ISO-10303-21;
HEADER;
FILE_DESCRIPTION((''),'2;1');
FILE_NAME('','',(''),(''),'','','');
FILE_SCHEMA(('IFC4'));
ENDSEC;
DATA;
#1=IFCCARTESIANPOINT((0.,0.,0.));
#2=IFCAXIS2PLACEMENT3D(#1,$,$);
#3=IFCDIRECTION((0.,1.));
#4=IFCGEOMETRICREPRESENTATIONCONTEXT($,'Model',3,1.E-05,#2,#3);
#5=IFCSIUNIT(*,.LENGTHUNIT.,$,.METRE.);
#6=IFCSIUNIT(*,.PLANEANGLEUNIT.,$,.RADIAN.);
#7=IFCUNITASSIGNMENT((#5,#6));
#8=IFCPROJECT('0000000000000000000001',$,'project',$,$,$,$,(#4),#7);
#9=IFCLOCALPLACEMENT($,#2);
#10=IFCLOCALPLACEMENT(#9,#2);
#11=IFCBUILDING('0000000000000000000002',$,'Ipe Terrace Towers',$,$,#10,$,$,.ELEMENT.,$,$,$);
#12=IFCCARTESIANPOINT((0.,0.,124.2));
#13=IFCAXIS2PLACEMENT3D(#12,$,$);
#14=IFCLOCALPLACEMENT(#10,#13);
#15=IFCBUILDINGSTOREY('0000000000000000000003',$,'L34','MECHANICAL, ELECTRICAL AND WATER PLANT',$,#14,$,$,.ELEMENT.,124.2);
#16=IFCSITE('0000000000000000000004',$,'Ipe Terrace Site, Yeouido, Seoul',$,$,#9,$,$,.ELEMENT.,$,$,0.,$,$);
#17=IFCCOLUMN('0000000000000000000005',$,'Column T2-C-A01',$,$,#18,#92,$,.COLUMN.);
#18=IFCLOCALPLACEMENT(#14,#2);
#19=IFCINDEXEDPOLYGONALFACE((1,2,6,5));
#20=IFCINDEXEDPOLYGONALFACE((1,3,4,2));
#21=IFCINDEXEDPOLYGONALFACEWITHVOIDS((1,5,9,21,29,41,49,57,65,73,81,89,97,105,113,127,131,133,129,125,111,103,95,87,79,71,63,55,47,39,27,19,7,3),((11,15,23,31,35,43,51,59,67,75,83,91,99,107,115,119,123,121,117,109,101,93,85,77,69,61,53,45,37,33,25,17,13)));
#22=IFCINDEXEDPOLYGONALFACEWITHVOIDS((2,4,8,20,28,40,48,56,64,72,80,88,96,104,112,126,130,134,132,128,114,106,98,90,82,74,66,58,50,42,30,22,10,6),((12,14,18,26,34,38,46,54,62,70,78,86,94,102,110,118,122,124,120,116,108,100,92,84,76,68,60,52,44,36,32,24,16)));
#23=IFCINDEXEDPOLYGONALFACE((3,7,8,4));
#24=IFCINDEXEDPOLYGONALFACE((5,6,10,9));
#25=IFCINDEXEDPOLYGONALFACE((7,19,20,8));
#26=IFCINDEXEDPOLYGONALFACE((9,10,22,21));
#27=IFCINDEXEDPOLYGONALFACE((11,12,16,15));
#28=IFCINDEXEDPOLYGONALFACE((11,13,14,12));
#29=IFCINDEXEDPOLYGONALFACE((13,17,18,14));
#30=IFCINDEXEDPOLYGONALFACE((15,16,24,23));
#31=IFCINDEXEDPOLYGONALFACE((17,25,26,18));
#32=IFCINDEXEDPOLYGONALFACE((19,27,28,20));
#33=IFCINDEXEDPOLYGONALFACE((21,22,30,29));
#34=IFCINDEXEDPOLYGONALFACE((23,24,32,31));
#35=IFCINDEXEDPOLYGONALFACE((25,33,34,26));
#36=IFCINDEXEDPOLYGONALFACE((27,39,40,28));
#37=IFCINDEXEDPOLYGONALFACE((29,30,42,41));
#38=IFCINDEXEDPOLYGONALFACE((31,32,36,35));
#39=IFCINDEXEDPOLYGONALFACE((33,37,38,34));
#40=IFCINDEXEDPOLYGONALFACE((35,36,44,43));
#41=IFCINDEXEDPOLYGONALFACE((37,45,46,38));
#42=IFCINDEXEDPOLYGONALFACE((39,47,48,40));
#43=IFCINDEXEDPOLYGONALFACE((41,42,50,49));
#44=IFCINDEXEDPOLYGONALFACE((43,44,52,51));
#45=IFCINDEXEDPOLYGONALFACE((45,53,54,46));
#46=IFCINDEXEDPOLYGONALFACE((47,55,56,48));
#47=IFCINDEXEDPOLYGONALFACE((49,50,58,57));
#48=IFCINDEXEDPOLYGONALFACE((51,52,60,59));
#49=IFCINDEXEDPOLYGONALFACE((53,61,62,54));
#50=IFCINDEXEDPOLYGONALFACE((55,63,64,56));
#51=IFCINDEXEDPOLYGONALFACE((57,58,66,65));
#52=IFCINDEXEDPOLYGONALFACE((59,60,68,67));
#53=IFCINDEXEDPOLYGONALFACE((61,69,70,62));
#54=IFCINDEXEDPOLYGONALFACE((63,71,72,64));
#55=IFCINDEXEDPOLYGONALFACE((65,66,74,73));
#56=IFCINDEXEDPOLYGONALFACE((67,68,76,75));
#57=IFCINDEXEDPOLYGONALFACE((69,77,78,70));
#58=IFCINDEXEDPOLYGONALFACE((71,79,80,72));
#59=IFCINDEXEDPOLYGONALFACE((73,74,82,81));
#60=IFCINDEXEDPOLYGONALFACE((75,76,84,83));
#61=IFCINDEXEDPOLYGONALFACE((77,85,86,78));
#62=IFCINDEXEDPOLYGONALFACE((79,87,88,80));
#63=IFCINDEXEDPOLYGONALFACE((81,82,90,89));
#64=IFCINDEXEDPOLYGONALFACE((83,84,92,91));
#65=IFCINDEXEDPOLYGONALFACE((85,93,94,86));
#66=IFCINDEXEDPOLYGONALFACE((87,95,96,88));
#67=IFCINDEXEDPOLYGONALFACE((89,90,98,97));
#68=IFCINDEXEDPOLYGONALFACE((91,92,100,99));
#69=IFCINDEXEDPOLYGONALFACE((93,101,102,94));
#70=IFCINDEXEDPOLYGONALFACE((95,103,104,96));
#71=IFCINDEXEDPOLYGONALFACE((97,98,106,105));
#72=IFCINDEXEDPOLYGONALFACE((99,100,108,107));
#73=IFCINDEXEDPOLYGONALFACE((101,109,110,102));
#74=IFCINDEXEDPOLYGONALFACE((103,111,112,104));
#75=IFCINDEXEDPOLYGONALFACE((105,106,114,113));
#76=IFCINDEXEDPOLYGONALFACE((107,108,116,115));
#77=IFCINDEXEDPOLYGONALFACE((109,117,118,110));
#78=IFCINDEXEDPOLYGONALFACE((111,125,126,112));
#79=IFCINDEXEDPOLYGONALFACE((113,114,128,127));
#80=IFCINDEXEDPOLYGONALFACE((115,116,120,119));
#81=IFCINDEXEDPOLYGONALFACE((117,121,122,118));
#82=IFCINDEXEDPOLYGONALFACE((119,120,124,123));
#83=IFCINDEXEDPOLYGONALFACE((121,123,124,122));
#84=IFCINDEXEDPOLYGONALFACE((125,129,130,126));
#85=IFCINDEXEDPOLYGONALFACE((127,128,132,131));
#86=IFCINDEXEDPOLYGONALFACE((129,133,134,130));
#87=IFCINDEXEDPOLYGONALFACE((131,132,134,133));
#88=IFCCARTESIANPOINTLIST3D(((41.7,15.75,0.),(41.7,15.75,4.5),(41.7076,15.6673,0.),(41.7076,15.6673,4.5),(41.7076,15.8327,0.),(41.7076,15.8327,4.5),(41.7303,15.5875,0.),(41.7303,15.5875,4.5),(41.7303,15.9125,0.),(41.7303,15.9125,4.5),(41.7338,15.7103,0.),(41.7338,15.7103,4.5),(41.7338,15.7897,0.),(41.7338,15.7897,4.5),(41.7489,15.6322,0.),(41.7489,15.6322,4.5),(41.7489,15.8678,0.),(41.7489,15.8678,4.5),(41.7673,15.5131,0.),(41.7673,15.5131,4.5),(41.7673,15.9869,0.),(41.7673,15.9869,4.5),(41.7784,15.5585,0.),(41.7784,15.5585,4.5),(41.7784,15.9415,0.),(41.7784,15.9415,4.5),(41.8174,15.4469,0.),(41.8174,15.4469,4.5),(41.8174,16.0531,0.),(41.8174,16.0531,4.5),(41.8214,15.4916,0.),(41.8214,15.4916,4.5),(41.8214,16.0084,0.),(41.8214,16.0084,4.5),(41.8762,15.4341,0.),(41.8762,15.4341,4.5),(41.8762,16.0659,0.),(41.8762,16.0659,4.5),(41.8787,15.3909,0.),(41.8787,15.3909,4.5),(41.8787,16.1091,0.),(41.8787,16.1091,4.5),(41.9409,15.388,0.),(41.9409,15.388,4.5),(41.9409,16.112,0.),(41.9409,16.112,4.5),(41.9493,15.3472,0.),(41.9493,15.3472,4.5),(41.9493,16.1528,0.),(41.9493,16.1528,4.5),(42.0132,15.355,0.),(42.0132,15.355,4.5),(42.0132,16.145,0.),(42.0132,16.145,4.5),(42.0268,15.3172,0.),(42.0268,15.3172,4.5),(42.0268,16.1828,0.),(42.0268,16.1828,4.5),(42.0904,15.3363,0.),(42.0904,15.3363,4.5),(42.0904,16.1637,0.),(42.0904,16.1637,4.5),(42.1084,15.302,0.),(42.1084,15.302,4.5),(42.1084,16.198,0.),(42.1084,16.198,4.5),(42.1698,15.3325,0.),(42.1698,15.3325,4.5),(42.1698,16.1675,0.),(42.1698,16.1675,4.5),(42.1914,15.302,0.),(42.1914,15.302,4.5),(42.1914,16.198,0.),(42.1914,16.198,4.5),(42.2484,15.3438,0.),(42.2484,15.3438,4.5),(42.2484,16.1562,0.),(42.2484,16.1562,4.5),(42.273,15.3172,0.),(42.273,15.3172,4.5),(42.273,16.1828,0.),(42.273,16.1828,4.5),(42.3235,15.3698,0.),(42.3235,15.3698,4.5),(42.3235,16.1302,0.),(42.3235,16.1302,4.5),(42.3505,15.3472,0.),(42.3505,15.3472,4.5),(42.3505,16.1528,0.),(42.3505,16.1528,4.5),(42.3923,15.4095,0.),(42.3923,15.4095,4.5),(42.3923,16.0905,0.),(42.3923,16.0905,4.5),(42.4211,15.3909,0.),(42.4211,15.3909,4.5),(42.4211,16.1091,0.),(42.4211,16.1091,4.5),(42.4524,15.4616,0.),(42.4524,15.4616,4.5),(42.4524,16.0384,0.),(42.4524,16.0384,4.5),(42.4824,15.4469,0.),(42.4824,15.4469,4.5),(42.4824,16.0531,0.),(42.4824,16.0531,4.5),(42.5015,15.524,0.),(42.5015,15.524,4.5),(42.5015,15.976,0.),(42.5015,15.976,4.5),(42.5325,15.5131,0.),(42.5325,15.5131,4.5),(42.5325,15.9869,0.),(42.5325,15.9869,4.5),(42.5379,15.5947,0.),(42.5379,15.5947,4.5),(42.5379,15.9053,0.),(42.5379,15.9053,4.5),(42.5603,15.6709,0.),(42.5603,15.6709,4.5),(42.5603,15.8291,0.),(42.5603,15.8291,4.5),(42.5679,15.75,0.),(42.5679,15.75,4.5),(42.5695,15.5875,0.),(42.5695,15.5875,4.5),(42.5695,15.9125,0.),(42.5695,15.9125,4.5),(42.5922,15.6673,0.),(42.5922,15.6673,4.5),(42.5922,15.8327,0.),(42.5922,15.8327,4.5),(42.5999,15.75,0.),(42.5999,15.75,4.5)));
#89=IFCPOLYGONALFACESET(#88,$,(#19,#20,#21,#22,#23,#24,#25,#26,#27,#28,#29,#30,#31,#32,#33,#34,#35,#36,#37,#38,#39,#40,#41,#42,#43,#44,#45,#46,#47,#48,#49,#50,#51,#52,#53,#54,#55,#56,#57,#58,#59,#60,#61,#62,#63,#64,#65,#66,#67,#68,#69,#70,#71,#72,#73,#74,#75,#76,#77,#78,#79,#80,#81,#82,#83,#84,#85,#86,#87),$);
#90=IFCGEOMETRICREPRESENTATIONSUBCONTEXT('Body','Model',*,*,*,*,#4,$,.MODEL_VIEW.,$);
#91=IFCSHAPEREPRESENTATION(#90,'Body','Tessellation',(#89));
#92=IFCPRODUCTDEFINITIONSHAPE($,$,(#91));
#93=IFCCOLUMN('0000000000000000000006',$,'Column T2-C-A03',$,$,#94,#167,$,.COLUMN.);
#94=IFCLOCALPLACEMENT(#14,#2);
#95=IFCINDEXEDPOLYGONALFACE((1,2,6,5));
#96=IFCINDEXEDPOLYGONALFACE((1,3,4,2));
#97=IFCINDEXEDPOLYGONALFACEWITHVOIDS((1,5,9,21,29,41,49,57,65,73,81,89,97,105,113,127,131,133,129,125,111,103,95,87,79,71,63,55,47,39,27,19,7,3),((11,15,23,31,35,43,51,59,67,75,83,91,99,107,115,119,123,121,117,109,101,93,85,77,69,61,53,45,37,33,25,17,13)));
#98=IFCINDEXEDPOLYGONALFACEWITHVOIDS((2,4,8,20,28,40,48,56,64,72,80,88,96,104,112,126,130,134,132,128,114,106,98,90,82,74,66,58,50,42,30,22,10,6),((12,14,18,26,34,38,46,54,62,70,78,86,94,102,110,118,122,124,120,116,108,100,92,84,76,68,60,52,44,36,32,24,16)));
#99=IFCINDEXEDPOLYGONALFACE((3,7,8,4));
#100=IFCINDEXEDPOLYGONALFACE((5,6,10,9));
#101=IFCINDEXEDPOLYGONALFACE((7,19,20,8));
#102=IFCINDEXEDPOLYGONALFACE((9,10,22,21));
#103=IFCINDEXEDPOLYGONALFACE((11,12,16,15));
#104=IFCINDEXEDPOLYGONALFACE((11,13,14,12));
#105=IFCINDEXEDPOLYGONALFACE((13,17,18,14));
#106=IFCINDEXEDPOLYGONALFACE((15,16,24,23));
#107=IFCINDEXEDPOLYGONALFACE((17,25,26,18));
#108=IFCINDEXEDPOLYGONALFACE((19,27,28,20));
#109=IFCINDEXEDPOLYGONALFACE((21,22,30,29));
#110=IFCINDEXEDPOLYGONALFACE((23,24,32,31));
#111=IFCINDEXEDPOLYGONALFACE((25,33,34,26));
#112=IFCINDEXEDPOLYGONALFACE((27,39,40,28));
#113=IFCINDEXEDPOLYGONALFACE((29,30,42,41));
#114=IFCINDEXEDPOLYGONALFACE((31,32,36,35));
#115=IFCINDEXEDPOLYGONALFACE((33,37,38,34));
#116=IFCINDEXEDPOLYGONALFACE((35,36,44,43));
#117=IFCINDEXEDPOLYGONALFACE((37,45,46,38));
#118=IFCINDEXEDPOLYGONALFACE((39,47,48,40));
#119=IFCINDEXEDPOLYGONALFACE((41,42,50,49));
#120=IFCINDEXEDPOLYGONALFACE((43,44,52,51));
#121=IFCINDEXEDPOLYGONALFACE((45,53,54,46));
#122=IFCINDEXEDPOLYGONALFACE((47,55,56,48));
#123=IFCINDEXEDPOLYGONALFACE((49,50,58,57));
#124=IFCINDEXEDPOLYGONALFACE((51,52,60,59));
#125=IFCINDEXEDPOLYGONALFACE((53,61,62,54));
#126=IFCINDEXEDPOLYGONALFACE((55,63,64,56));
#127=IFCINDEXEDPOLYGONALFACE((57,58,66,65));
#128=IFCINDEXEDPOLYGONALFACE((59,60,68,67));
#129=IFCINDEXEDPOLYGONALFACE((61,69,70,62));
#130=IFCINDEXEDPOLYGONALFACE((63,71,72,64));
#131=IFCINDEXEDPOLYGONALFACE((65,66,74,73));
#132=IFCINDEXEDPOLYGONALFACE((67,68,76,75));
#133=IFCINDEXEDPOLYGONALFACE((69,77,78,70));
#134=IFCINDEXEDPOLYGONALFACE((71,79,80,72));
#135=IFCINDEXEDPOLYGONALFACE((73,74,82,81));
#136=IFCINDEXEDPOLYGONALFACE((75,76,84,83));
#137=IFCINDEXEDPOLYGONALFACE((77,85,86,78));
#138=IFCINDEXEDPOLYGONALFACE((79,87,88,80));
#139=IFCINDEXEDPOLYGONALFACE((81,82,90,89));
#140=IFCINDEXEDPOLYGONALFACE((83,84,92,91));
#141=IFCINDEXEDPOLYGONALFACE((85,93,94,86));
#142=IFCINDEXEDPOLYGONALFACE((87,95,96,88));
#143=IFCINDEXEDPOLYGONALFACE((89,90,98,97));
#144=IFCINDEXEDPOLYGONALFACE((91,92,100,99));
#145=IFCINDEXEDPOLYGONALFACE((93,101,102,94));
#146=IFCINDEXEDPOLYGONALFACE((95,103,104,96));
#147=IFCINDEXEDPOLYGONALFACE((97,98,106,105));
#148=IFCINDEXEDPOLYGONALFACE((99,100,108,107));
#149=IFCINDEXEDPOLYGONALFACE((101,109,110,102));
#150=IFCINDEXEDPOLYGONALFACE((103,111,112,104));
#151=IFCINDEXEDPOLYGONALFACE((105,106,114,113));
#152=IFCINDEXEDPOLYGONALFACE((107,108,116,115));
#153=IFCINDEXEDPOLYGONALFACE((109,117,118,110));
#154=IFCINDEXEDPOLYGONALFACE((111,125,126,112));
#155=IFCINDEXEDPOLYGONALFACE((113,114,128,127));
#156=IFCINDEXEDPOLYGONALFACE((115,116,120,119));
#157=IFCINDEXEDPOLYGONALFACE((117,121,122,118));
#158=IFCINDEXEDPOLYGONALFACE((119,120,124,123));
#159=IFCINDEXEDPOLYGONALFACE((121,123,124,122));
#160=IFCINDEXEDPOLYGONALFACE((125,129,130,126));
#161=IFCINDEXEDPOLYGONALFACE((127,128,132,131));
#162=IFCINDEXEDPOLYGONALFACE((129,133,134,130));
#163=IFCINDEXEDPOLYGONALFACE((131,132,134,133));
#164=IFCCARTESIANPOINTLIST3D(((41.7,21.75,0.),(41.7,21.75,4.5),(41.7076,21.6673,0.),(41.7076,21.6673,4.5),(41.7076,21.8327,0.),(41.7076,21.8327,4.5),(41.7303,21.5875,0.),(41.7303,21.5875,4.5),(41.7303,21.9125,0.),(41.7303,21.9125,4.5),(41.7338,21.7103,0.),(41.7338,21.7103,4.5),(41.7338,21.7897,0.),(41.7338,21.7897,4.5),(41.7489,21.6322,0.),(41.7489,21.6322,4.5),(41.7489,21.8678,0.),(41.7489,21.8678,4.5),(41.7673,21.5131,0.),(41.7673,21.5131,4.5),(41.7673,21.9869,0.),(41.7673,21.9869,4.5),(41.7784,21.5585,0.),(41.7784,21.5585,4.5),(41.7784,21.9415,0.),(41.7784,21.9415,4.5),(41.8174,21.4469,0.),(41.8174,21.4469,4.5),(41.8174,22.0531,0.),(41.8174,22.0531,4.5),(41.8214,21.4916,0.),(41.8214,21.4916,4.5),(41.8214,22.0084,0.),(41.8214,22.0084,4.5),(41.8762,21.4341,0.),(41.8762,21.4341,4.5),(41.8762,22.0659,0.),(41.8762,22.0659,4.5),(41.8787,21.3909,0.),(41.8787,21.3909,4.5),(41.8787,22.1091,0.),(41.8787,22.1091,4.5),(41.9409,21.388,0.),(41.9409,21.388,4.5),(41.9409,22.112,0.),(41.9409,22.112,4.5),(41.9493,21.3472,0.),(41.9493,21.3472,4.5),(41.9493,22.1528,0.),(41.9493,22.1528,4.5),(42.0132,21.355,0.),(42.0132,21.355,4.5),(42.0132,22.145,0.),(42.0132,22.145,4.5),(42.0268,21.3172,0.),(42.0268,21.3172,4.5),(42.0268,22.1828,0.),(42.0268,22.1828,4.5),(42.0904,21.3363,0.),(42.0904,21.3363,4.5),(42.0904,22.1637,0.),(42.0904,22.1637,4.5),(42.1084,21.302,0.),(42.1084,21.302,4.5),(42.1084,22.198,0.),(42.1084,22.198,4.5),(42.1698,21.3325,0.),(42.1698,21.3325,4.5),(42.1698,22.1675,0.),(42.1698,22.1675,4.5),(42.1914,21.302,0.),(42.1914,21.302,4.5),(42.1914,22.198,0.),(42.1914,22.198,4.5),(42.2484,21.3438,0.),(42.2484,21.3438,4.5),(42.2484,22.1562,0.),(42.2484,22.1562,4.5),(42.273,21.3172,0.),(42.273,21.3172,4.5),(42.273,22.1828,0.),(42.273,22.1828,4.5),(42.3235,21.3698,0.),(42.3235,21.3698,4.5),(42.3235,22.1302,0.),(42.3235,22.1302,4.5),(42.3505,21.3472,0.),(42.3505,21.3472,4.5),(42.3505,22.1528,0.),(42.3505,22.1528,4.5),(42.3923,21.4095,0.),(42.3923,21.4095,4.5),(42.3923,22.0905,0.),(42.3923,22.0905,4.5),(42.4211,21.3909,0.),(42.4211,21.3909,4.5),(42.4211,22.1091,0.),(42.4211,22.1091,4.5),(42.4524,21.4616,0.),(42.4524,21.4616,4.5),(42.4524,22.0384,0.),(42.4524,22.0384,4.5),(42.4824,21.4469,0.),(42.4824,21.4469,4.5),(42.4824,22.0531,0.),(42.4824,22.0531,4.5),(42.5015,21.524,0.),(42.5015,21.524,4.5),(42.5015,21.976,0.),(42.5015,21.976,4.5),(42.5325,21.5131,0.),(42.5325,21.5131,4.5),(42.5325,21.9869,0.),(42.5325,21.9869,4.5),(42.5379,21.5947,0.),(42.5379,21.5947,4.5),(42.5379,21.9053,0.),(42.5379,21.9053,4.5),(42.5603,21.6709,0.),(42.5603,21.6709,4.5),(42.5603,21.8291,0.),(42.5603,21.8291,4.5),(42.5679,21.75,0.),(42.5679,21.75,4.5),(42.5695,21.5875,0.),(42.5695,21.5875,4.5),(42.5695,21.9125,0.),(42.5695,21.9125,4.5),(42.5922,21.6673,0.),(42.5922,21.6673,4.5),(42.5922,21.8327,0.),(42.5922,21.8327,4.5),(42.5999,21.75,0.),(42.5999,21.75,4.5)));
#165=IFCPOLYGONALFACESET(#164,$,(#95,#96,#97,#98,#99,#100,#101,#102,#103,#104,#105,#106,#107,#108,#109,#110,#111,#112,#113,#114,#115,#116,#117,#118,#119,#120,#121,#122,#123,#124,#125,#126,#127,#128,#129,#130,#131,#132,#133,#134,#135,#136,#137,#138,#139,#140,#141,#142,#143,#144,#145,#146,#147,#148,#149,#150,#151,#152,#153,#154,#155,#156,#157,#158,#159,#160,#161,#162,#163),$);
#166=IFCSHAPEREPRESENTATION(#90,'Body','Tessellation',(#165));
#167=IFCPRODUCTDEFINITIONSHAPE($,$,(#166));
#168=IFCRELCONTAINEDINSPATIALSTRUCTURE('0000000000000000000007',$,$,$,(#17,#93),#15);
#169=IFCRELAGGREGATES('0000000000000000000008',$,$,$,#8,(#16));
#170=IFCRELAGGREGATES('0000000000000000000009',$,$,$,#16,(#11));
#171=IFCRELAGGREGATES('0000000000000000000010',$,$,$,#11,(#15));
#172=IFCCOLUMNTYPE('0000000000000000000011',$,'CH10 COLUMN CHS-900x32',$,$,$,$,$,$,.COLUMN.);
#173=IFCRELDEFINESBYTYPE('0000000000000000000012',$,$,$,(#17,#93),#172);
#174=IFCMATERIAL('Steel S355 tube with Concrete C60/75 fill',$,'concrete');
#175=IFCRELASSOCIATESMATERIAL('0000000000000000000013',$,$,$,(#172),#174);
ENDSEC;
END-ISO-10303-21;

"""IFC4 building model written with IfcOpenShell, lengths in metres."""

from ifc_helpers import new_model, si_unit, direction, frame, origin, origin_2d, place, context, subcontext, project, spatial, hollow_circle, extrude, material, material_profile, profile_set, type_object, element, save


model = new_model("IFC4")

# Units and contexts
model_context = context("Model", 3, precision=1e-05, world=origin(), true_north=direction((0.0, 1.0)))
body_context = subcontext(model_context, "Body", "Model", "MODEL_VIEW")
ifc_project = project(units=[si_unit("LENGTHUNIT", "METRE"), si_unit("PLANEANGLEUNIT", "RADIAN")], contexts=[model_context])

# Site, building, storey
site_placement = place(None, origin())
site = spatial("IfcSite", under=ifc_project, at=site_placement, Name="Ipe Terrace Site, Yeouido, Seoul", CompositionType="ELEMENT", RefElevation=0.0)
building_placement = place(site_placement, origin())
building = spatial("IfcBuilding", under=site, at=building_placement, Name="Ipe Terrace Towers", CompositionType="ELEMENT")
storey_placement = place(building_placement, frame((0.0, 0.0, 124.2)))
storey = spatial("IfcBuildingStorey", under=building, at=storey_placement, Name="L34", Description="MECHANICAL, ELECTRICAL AND WATER PLANT", CompositionType="ELEMENT", Elevation=124.2)

# Columns
ifc_material_1 = material(Name="Steel S355 tube with Concrete C60/75 fill", Category="concrete")
ifc_material_profile_1 = material_profile(ifc_material_1, hollow_circle(Radius=0.45, WallThickness=0.032, at=origin_2d()), Name="CHS-900x32")
ifc_profile_set_1 = profile_set([ifc_material_profile_1], Name="Steel S355 tube with Concrete C60/75 fill")
column_type = type_object("IfcColumnType", Name="CH10 COLUMN CHS-900x32", PredefinedType="COLUMN", material=ifc_profile_set_1)
for number, where, z_axis, x_axis, name in (
    (1, (42.1499, 15.75, 0.0), (0.0, 0.0, 1.0), (1.0, 0.0, 0.0), "Column T2-C-A01"),
    (2, (42.1499, 21.75, 0.0), (0.0, 0.0, 1.0), (1.0, 0.0, 0.0), "Column T2-C-A03"),
):
    element("IfcColumn", number, at=place(storey_placement, frame(where, z_axis=z_axis, x_axis=x_axis)), inside=storey, type_object=column_type, Name=name, PredefinedType="COLUMN", context=body_context, shape_type="SweptSolid", body=[
        extrude(hollow_circle(Radius=0.45, WallThickness=0.032, at=origin_2d()), origin(), (0.0, 0.0, 1.0), 4.5),
    ])

save(model, "model.ifc")
